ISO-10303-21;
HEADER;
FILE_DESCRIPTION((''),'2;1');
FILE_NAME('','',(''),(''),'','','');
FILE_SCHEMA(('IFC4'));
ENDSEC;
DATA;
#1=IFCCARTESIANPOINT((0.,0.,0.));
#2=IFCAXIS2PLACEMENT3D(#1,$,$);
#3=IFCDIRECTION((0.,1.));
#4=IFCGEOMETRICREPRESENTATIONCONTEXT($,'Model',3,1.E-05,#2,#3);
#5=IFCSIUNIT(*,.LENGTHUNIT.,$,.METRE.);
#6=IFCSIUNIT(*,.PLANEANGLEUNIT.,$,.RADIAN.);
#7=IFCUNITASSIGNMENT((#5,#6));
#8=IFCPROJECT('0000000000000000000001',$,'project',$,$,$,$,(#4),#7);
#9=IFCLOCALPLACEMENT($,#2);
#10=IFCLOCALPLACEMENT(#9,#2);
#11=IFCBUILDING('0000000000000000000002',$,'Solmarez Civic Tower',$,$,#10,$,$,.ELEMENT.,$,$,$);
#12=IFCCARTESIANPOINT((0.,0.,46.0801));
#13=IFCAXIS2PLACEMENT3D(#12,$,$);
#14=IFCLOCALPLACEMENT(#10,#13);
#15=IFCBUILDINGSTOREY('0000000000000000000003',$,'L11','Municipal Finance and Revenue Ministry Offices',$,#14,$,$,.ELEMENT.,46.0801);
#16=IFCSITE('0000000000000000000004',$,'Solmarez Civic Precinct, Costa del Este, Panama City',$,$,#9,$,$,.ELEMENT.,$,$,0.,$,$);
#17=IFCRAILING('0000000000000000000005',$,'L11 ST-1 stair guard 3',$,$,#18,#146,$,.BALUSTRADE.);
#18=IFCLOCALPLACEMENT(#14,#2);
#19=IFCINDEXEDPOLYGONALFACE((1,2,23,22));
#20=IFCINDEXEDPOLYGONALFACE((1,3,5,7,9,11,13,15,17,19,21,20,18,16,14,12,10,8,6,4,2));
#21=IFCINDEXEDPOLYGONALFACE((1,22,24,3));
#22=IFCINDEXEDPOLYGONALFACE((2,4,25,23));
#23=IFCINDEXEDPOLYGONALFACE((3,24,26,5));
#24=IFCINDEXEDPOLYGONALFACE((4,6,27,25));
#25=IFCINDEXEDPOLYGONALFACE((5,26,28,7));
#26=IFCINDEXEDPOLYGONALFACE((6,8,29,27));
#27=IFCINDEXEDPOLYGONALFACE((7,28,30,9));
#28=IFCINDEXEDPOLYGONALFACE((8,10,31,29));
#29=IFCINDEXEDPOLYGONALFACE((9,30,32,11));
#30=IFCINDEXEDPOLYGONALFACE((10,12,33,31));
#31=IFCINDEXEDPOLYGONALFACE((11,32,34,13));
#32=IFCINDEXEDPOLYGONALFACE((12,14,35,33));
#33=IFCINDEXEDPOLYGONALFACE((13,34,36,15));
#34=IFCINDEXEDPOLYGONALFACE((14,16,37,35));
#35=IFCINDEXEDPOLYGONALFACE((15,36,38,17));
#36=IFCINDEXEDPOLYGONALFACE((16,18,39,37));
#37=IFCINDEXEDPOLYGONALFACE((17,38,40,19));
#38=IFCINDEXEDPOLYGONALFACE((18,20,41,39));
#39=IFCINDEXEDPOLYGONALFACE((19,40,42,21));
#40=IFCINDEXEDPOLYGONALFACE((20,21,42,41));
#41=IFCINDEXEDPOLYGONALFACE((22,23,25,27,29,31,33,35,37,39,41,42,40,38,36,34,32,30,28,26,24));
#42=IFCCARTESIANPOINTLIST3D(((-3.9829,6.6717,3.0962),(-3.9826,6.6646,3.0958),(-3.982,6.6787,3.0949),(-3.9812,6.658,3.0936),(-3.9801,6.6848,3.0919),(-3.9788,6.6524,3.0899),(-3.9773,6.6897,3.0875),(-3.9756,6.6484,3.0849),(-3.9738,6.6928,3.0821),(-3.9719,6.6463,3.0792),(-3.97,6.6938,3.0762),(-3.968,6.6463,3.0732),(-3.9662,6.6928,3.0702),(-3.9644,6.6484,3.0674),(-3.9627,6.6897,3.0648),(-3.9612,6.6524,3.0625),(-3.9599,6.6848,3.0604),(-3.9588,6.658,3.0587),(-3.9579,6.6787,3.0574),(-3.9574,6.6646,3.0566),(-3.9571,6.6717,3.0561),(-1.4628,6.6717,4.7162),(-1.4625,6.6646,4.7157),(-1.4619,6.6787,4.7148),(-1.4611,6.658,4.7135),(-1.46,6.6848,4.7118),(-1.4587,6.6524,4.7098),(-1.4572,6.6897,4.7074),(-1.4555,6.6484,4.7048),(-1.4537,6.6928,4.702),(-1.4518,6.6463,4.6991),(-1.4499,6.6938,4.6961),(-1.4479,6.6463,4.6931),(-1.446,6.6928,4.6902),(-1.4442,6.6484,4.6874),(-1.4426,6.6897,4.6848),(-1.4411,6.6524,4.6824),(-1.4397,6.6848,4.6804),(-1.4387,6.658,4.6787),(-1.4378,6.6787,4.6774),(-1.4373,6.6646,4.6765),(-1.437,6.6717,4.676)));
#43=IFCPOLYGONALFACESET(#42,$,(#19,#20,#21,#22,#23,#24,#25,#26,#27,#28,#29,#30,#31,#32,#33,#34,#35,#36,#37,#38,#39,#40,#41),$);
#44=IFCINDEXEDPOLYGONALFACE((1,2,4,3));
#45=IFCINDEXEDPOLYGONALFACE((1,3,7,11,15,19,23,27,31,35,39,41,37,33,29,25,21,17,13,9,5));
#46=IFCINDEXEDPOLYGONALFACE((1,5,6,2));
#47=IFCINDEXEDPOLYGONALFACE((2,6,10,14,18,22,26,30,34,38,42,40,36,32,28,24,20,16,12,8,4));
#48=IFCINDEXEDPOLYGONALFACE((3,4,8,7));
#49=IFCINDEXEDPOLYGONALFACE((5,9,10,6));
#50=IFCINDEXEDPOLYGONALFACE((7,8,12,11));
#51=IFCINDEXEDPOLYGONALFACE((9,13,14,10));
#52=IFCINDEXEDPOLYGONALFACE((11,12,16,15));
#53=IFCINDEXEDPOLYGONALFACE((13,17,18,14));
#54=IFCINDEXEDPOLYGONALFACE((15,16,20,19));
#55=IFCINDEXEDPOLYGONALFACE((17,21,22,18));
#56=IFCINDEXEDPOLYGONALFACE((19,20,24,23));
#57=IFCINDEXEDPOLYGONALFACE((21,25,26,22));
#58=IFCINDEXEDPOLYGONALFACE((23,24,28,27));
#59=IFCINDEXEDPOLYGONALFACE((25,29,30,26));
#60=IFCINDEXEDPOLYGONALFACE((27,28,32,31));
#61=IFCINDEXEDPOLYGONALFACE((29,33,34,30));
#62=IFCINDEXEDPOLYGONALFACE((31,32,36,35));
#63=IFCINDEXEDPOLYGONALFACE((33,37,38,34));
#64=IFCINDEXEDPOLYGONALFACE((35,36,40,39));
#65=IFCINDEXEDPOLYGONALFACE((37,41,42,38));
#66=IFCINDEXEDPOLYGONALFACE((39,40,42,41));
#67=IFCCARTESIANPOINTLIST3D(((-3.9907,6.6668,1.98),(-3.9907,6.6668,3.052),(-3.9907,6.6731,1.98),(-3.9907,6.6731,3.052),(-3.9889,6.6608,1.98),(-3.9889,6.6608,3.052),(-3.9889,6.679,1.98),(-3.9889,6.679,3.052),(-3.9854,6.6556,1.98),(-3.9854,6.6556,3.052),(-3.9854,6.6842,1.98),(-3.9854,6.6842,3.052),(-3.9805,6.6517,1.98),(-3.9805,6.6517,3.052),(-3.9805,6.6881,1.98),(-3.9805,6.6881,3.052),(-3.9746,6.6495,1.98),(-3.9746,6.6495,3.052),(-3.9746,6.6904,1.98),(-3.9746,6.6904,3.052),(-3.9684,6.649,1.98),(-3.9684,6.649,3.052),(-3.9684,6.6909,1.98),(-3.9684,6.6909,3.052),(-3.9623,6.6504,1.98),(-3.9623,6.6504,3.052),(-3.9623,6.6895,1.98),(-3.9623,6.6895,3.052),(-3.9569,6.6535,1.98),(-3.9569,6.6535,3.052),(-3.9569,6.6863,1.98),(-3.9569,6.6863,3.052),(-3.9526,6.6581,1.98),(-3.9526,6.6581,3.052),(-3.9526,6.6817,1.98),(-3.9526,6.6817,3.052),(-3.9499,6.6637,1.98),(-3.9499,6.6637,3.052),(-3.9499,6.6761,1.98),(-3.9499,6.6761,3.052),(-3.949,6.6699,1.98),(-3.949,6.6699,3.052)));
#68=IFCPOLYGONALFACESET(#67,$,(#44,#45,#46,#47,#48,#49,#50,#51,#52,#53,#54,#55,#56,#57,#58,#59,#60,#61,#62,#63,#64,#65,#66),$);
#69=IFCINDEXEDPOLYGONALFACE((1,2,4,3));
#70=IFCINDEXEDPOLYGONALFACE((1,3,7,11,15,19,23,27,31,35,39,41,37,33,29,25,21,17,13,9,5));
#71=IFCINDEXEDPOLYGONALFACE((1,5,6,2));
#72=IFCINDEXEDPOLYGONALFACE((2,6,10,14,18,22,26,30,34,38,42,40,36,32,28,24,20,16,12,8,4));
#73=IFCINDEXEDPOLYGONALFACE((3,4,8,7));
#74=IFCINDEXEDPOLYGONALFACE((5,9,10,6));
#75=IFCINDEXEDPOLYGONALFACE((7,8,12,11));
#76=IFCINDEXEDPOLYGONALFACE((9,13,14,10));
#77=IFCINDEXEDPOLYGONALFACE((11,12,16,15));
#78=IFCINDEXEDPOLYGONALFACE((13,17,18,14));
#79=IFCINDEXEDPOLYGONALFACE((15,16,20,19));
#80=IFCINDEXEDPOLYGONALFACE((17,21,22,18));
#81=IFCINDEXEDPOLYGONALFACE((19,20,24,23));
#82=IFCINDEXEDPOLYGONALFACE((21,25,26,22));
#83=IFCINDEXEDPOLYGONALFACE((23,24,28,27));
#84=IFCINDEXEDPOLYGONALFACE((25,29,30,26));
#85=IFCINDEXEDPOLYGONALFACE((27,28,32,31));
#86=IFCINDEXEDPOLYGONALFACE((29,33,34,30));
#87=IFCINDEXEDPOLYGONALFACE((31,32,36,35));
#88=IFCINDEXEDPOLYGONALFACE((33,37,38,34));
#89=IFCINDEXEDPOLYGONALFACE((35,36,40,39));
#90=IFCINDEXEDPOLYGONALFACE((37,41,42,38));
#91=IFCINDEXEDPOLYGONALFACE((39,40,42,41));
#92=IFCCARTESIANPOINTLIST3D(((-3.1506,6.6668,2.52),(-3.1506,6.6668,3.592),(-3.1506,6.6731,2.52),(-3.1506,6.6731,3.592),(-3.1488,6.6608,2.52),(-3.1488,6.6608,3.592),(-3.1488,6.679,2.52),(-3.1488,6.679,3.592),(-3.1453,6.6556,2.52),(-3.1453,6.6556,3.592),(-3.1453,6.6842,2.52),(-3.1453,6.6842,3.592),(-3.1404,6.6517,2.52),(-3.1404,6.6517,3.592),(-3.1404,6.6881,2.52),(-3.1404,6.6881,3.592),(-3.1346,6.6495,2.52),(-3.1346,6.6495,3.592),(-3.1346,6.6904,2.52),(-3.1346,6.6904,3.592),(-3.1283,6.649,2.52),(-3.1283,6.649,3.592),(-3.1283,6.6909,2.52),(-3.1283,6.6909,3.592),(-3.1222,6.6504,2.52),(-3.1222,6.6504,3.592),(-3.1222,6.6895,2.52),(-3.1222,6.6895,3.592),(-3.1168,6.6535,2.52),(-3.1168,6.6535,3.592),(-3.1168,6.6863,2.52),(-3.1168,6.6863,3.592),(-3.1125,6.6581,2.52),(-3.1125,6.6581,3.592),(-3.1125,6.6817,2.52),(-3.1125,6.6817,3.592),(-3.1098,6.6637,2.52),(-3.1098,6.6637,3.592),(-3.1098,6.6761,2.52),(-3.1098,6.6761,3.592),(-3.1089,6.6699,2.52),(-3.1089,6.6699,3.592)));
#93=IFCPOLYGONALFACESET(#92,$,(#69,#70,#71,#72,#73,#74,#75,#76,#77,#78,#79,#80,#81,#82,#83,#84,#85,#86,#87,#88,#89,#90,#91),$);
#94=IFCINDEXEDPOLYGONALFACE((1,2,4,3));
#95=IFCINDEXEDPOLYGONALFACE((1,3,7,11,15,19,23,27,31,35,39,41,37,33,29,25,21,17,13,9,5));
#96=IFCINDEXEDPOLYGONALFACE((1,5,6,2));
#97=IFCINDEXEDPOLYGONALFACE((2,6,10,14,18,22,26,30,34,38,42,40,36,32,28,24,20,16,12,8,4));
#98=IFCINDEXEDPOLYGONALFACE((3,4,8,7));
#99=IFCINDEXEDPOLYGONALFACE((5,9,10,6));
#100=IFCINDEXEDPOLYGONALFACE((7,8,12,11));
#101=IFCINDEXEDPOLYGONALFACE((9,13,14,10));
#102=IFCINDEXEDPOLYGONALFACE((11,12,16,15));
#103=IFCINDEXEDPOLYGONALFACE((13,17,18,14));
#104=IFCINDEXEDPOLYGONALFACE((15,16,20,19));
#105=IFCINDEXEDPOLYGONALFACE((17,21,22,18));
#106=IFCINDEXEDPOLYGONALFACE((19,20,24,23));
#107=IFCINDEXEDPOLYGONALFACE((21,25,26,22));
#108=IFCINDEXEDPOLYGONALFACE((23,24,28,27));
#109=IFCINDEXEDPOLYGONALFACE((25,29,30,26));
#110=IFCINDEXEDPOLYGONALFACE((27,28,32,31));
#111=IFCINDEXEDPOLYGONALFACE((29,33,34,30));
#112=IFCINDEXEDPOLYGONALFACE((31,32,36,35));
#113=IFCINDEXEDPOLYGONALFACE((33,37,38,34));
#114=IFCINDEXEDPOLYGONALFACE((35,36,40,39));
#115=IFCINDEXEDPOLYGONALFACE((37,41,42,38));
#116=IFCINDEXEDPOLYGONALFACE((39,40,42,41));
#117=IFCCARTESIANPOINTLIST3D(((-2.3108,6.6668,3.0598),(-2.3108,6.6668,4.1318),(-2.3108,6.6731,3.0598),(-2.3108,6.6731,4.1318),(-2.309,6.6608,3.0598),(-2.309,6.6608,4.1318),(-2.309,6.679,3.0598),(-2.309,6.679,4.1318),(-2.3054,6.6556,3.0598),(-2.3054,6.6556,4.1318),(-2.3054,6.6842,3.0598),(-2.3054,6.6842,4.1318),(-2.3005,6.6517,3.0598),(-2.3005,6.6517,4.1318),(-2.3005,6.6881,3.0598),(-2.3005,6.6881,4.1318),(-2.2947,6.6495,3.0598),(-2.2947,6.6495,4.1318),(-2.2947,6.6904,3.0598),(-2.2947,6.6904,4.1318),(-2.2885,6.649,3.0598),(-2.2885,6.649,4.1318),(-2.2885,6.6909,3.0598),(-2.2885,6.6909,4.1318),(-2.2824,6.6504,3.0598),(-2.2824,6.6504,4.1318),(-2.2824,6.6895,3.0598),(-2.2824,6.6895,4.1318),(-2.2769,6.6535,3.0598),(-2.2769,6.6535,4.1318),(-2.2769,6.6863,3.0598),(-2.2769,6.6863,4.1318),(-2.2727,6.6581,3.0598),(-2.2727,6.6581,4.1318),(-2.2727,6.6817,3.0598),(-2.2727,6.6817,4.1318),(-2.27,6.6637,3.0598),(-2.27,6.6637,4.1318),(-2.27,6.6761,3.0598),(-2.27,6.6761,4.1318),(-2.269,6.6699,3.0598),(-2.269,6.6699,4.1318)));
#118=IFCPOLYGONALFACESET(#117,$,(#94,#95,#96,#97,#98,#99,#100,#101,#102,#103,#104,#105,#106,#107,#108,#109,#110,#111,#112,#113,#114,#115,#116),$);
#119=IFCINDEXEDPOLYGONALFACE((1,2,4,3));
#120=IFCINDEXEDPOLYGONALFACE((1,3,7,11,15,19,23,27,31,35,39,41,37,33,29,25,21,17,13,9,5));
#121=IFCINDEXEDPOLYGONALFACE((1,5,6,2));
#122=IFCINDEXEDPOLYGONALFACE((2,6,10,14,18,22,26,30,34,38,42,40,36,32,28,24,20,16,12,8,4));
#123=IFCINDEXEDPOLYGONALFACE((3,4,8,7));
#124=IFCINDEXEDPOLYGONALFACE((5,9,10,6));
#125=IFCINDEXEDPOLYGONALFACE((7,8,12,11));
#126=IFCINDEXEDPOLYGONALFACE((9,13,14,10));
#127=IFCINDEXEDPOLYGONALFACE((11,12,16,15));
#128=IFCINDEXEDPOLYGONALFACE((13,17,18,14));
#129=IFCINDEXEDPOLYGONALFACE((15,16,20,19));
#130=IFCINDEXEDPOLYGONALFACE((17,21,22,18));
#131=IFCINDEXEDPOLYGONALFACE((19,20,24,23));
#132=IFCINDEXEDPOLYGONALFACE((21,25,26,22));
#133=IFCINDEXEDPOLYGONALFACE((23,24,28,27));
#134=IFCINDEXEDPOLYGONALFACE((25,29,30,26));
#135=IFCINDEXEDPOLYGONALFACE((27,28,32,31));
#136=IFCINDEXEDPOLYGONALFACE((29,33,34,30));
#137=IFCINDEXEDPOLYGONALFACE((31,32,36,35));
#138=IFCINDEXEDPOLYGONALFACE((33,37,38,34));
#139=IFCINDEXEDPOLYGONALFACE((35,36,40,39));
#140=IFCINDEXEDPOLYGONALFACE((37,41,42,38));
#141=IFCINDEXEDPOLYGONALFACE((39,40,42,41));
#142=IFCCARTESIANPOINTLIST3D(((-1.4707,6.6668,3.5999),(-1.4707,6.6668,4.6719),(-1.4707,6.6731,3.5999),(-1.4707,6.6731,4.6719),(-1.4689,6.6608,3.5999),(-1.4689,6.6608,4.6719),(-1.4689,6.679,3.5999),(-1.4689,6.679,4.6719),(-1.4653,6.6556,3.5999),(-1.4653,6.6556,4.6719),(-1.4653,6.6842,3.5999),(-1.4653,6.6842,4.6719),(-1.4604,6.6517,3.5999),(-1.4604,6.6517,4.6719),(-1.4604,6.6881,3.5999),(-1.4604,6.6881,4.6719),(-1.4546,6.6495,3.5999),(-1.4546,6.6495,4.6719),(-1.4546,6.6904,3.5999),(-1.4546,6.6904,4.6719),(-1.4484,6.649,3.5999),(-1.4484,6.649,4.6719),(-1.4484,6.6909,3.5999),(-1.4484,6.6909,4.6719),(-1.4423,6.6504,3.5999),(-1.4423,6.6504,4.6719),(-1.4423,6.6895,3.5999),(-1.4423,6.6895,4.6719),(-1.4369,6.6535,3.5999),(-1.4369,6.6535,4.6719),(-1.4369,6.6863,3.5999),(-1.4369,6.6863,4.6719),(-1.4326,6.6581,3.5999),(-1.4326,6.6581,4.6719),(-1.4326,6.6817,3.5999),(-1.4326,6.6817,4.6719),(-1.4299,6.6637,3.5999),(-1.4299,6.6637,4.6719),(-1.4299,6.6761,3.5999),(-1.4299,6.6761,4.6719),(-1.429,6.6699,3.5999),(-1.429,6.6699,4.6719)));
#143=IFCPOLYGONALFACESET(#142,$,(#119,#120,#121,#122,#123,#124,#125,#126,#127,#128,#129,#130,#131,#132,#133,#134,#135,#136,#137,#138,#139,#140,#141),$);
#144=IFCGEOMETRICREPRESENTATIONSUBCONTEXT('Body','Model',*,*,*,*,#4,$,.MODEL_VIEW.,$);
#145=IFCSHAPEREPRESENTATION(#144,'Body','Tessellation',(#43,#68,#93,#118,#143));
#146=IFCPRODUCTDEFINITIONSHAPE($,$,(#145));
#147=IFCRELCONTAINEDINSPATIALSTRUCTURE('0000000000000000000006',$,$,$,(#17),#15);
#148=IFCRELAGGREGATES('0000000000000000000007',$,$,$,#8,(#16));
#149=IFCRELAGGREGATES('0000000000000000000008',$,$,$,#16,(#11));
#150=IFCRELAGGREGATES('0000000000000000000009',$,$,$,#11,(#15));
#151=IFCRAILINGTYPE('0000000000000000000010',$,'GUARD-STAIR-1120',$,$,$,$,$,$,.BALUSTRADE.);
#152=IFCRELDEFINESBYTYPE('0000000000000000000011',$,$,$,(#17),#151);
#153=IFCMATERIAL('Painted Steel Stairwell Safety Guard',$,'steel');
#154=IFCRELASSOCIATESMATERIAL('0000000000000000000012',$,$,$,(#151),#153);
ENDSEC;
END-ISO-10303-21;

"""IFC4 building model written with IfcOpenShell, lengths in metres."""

from ifc_helpers import new_model, si_unit, direction, frame, origin, origin_2d, place, context, subcontext, project, spatial, circle, extrude, material, type_object, element, save


model = new_model("IFC4")

# Units and contexts
model_context = context("Model", 3, precision=1e-05, world=origin(), true_north=direction((0.0, 1.0)))
body_context = subcontext(model_context, "Body", "Model", "MODEL_VIEW")
ifc_project = project(units=[si_unit("LENGTHUNIT", "METRE"), si_unit("PLANEANGLEUNIT", "RADIAN")], contexts=[model_context])

# Site, building, storey
site_placement = place(None, origin())
site = spatial("IfcSite", under=ifc_project, at=site_placement, Name="Solmarez Civic Precinct, Costa del Este, Panama City", CompositionType="ELEMENT", RefElevation=0.0)
building_placement = place(site_placement, origin())
building = spatial("IfcBuilding", under=site, at=building_placement, Name="Solmarez Civic Tower", CompositionType="ELEMENT")
storey_placement = place(building_placement, frame((0.0, 0.0, 46.0801)))
storey = spatial("IfcBuildingStorey", under=building, at=storey_placement, Name="L11", Description="Municipal Finance and Revenue Ministry Offices", CompositionType="ELEMENT", Elevation=46.0801)

# Railing
ifc_material_1 = material(Name="Painted Steel Stairwell Safety Guard", Category="steel")
railing_type_1 = type_object("IfcRailingType", Name="GUARD-STAIR-1120", PredefinedType="BALUSTRADE", material=ifc_material_1)
railing_1_placement = place(storey_placement, frame((-3.97, 6.6699, 1.98)))
element("IfcRailing", 1, at=railing_1_placement, inside=storey, type_object=railing_type_1, Name="L11 ST-1 stair guard 3", PredefinedType="BALUSTRADE", context=body_context, shape_type="SweptSolid", body=[
    extrude(circle(Radius=0.0239, at=origin_2d()), frame((0.0, 0.0, 1.0962), z_axis=(0.8412, 0.0, 0.540725), x_axis=(0.0, 1.0, 0.0)), (0.0, 0.0, 1.0), 2.9958),
    extrude(circle(Radius=0.021, at=origin_2d()), origin(), (0.0, 0.0, 1.0), 1.072),
    extrude(circle(Radius=0.021, at=origin_2d()), frame((0.8401, 0.0, 0.54)), (0.0, 0.0, 1.0), 1.072),
    extrude(circle(Radius=0.021, at=origin_2d()), frame((1.6799, 0.0, 1.0798)), (0.0, 0.0, 1.0), 1.072),
    extrude(circle(Radius=0.021, at=origin_2d()), frame((2.52, 0.0, 1.6199)), (0.0, 0.0, 1.0), 1.072),
])

save(model, "model.ifc")
